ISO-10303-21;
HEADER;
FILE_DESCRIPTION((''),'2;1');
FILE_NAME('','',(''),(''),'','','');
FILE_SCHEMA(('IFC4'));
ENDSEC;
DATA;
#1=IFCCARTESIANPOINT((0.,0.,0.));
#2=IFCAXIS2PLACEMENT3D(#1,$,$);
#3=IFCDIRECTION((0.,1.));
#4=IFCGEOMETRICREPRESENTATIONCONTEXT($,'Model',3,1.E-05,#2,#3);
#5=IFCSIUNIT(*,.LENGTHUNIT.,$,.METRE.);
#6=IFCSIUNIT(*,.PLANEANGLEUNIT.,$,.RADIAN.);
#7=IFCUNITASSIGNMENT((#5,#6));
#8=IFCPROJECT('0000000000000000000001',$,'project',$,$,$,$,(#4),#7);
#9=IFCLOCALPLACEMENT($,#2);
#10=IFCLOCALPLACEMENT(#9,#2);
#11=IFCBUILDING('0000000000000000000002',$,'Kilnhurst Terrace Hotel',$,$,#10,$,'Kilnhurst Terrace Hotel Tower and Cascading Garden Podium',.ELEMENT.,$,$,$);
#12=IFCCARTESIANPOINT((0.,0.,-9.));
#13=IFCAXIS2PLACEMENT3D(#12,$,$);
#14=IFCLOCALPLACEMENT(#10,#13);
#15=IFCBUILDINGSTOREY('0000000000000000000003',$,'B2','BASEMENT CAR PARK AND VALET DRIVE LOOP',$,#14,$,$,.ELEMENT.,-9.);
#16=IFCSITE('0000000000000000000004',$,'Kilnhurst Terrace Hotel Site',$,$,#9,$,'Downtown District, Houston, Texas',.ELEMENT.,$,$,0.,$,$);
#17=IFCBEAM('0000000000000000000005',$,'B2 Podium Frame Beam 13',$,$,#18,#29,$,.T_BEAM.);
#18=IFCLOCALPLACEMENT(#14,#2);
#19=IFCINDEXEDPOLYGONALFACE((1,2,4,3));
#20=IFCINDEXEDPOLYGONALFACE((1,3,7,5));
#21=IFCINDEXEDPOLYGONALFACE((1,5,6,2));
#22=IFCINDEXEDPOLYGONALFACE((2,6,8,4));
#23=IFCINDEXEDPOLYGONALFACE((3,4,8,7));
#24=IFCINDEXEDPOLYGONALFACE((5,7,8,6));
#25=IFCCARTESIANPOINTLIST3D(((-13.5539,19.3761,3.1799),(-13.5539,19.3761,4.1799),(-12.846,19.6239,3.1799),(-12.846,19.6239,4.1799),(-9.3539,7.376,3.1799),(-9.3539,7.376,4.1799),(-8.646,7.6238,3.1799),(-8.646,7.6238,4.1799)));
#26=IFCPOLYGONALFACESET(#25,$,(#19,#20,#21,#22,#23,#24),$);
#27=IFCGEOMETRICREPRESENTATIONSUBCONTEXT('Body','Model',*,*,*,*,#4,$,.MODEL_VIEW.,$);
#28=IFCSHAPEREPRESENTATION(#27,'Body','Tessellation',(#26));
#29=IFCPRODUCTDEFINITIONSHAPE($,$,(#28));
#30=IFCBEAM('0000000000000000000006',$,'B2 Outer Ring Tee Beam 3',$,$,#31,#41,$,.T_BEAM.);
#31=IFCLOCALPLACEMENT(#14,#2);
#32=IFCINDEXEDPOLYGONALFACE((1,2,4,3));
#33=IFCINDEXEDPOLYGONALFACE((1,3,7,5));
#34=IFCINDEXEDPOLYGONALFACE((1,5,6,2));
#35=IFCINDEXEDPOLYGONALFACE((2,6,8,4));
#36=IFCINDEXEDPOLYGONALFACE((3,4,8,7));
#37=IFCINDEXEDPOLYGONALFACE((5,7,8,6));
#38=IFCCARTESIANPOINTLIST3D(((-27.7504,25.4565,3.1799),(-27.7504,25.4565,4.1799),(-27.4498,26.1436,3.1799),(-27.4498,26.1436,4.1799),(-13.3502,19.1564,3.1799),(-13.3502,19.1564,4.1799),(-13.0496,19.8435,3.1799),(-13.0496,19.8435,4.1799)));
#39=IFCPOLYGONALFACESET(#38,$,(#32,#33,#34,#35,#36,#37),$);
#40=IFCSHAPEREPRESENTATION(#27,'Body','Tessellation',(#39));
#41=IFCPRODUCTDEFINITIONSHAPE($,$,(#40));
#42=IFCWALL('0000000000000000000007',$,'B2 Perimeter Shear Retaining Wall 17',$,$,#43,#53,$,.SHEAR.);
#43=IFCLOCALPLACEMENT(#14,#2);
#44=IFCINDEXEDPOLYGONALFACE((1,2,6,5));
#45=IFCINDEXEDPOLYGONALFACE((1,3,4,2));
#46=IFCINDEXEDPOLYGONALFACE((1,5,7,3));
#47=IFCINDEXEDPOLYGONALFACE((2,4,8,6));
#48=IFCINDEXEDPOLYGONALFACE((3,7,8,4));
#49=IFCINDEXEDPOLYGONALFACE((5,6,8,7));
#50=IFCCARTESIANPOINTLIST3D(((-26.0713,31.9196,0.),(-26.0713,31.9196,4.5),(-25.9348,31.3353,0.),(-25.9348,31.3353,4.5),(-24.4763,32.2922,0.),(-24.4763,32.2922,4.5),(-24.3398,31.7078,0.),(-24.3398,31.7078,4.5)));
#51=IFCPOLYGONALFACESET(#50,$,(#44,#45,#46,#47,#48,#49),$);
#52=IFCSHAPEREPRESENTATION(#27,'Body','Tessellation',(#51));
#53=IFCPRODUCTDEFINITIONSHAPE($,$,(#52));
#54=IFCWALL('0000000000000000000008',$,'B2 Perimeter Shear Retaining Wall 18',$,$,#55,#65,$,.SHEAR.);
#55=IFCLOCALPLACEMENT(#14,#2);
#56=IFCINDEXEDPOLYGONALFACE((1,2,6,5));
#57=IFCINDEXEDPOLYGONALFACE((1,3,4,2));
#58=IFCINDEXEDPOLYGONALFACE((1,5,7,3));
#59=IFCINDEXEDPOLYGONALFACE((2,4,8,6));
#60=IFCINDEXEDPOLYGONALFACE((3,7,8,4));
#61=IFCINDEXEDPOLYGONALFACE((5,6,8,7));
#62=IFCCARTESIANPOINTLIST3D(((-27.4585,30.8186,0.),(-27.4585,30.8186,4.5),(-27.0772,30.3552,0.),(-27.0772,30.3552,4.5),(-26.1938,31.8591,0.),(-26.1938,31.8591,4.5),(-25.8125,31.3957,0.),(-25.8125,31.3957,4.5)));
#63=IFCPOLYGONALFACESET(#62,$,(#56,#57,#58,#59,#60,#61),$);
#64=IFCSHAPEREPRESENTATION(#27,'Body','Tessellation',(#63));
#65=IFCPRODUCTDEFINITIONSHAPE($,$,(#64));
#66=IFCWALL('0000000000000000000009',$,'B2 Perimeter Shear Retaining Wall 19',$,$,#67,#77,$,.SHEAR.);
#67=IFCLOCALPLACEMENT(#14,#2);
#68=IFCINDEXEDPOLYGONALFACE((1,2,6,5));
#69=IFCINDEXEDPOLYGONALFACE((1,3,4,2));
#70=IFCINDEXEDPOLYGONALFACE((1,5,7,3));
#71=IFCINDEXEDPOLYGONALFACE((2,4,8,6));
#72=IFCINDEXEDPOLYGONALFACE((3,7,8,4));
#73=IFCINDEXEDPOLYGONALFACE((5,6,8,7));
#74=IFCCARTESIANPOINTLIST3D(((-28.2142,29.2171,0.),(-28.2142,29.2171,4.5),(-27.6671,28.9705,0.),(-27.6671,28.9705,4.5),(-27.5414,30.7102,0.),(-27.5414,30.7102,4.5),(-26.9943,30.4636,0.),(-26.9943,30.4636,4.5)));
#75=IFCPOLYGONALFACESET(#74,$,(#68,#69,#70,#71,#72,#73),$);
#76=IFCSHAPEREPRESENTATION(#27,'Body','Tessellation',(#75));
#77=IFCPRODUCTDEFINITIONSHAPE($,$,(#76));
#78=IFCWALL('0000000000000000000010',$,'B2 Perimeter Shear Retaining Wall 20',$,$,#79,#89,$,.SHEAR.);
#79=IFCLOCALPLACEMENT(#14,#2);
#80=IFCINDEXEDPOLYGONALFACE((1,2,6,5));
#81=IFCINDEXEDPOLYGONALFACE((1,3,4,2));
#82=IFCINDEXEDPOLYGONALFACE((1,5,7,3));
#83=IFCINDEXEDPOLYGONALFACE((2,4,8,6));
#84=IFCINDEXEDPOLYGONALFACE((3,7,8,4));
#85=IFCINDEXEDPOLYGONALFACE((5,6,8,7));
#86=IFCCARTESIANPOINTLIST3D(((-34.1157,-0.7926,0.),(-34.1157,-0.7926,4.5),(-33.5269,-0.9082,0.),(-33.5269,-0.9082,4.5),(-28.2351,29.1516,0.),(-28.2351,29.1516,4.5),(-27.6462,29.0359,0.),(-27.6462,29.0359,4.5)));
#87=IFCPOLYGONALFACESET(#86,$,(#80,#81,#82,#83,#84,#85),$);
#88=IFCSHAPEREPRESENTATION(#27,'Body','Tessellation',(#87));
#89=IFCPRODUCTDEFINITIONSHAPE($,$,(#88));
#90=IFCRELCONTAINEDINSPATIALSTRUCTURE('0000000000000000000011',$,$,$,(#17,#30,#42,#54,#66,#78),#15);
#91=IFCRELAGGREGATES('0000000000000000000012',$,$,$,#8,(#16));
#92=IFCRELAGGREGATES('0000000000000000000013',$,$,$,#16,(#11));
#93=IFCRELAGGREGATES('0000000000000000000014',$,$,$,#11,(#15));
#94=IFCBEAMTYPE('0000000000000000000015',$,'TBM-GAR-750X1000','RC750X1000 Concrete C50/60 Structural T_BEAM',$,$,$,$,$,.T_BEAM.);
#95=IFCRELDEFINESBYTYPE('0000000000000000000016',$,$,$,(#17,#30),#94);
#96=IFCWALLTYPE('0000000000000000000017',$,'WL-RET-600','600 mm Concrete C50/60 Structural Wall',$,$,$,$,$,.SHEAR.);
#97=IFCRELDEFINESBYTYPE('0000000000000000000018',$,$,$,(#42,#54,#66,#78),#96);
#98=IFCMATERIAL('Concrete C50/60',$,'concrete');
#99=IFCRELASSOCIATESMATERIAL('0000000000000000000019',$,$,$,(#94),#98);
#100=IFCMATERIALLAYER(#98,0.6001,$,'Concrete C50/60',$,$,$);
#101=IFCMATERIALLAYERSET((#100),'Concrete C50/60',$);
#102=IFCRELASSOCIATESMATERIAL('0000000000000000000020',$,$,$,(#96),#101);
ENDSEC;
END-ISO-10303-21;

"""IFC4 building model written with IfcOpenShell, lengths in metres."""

from ifc_helpers import new_model, si_unit, direction, frame, frame_2d, origin, origin_2d, place, context, subcontext, project, spatial, rectangle, extrude, material, layer, layer_set, material_profile, profile_set, type_object, element, save


model = new_model("IFC4")

# Units and contexts
model_context = context("Model", 3, precision=1e-05, world=origin(), true_north=direction((0.0, 1.0)))
body_context = subcontext(model_context, "Body", "Model", "MODEL_VIEW")
ifc_project = project(units=[si_unit("LENGTHUNIT", "METRE"), si_unit("PLANEANGLEUNIT", "RADIAN")], contexts=[model_context])

# Site, building, storey
site_placement = place(None, origin())
site = spatial("IfcSite", under=ifc_project, at=site_placement, Name="Kilnhurst Terrace Hotel Site", LongName="Downtown District, Houston, Texas", CompositionType="ELEMENT", RefElevation=0.0)
building_placement = place(site_placement, origin())
building = spatial("IfcBuilding", under=site, at=building_placement, Name="Kilnhurst Terrace Hotel", LongName="Kilnhurst Terrace Hotel Tower and Cascading Garden Podium", CompositionType="ELEMENT")
storey_placement = place(building_placement, frame((0.0, 0.0, -9.0)))
storey = spatial("IfcBuildingStorey", under=building, at=storey_placement, Name="B2", Description="BASEMENT CAR PARK AND VALET DRIVE LOOP", CompositionType="ELEMENT", Elevation=-9.0)

# Shared definitions
ifc_material_1 = material(Name="Concrete C50/60", Category="concrete")

# Beams
ifc_material_profile_1 = material_profile(ifc_material_1, rectangle(XDim=0.75, YDim=1.0, at=origin_2d()), Name="RC750X1000")
ifc_profile_set_1 = profile_set([ifc_material_profile_1], Name="Concrete C50/60")
beam_type = type_object("IfcBeamType", Name="TBM-GAR-750X1000", Description="RC750X1000 Concrete C50/60 Structural T_BEAM", PredefinedType="T_BEAM", material=ifc_profile_set_1)
beam_1_placement = place(storey_placement, frame((-13.2, 19.5, 3.6799), z_axis=(0.330347, -0.94386, 0.0), x_axis=(0.94386, 0.330347, 0.0)))
element("IfcBeam", 1, at=beam_1_placement, inside=storey, type_object=beam_type, Name="B2 Podium Frame Beam 13", PredefinedType="T_BEAM", context=body_context, shape_type="SweptSolid", body=[
    extrude(rectangle(XDim=0.75, YDim=1.0, at=origin_2d()), origin(), (0.0, 0.0, 1.0), 12.7139),
])
beam_2_placement = place(storey_placement, frame((-27.6001, 25.8, 3.6799), z_axis=(0.916158, -0.400818, 0.0), x_axis=(0.400818, 0.916158, 0.0)))
element("IfcBeam", 2, at=beam_2_placement, inside=storey, type_object=beam_type, Name="B2 Outer Ring Tee Beam 3", PredefinedType="T_BEAM", context=body_context, shape_type="SweptSolid", body=[
    extrude(rectangle(XDim=0.75, YDim=1.0, at=origin_2d()), origin(), (0.0, 0.0, 1.0), 15.718),
])

# Walls
ifc_layer = layer(ifc_material_1, 0.6001, Name="Concrete C50/60")
ifc_layer_set = layer_set([ifc_layer], Name="Concrete C50/60")
wall_type = type_object("IfcWallType", Name="WL-RET-600", Description="600 mm Concrete C50/60 Structural Wall", PredefinedType="SHEAR", material=ifc_layer_set)
wall_1_placement = place(storey_placement, frame((-24.4082, 32.0, 0.0), z_axis=(0.0, 0.0, 1.0), x_axis=(-0.973787, -0.22746, 0.0)))
element("IfcWall", 3, at=wall_1_placement, inside=storey, type_object=wall_type, Name="B2 Perimeter Shear Retaining Wall 17", PredefinedType="SHEAR", context=body_context, shape_type="SweptSolid", body=[
    extrude(rectangle(XDim=1.6379, YDim=0.6001, at=frame_2d((0.8188, 0.0))), origin(), (0.0, 0.0, 1.0), 4.5),
])
for number, where, z_axis, x_axis, name in (
    (4, (-26.0032, 31.6274, 0.0), (0.0, 0.0, 1.0), (-0.772214, -0.635362, 0.0), "B2 Perimeter Shear Retaining Wall 18"),
    (5, (-27.2678, 30.5869, 0.0), (0.0, 0.0, 1.0), (-0.410836, -0.911709, 0.0), "B2 Perimeter Shear Retaining Wall 19"),
):
    element("IfcWall", number, at=place(storey_placement, frame(where, z_axis=z_axis, x_axis=x_axis)), inside=storey, type_object=wall_type, Name=name, PredefinedType="SHEAR", context=body_context, shape_type="SweptSolid", body=[
        extrude(rectangle(XDim=1.6377, YDim=0.6001, at=frame_2d((0.8188, 0.0))), origin(), (0.0, 0.0, 1.0), 4.5),
    ])
wall_2_placement = place(storey_placement, frame((-27.9407, 29.0938, 0.0), z_axis=(0.0, 0.0, 1.0), x_axis=(-0.192706, -0.981257, 0.0)))
element("IfcWall", 6, at=wall_2_placement, inside=storey, type_object=wall_type, Name="B2 Perimeter Shear Retaining Wall 20", PredefinedType="SHEAR", context=body_context, shape_type="SweptSolid", body=[
    extrude(rectangle(XDim=30.5161, YDim=0.6001, at=frame_2d((15.2581, 0.0))), origin(), (0.0, 0.0, 1.0), 4.5),
])

save(model, "model.ifc")
